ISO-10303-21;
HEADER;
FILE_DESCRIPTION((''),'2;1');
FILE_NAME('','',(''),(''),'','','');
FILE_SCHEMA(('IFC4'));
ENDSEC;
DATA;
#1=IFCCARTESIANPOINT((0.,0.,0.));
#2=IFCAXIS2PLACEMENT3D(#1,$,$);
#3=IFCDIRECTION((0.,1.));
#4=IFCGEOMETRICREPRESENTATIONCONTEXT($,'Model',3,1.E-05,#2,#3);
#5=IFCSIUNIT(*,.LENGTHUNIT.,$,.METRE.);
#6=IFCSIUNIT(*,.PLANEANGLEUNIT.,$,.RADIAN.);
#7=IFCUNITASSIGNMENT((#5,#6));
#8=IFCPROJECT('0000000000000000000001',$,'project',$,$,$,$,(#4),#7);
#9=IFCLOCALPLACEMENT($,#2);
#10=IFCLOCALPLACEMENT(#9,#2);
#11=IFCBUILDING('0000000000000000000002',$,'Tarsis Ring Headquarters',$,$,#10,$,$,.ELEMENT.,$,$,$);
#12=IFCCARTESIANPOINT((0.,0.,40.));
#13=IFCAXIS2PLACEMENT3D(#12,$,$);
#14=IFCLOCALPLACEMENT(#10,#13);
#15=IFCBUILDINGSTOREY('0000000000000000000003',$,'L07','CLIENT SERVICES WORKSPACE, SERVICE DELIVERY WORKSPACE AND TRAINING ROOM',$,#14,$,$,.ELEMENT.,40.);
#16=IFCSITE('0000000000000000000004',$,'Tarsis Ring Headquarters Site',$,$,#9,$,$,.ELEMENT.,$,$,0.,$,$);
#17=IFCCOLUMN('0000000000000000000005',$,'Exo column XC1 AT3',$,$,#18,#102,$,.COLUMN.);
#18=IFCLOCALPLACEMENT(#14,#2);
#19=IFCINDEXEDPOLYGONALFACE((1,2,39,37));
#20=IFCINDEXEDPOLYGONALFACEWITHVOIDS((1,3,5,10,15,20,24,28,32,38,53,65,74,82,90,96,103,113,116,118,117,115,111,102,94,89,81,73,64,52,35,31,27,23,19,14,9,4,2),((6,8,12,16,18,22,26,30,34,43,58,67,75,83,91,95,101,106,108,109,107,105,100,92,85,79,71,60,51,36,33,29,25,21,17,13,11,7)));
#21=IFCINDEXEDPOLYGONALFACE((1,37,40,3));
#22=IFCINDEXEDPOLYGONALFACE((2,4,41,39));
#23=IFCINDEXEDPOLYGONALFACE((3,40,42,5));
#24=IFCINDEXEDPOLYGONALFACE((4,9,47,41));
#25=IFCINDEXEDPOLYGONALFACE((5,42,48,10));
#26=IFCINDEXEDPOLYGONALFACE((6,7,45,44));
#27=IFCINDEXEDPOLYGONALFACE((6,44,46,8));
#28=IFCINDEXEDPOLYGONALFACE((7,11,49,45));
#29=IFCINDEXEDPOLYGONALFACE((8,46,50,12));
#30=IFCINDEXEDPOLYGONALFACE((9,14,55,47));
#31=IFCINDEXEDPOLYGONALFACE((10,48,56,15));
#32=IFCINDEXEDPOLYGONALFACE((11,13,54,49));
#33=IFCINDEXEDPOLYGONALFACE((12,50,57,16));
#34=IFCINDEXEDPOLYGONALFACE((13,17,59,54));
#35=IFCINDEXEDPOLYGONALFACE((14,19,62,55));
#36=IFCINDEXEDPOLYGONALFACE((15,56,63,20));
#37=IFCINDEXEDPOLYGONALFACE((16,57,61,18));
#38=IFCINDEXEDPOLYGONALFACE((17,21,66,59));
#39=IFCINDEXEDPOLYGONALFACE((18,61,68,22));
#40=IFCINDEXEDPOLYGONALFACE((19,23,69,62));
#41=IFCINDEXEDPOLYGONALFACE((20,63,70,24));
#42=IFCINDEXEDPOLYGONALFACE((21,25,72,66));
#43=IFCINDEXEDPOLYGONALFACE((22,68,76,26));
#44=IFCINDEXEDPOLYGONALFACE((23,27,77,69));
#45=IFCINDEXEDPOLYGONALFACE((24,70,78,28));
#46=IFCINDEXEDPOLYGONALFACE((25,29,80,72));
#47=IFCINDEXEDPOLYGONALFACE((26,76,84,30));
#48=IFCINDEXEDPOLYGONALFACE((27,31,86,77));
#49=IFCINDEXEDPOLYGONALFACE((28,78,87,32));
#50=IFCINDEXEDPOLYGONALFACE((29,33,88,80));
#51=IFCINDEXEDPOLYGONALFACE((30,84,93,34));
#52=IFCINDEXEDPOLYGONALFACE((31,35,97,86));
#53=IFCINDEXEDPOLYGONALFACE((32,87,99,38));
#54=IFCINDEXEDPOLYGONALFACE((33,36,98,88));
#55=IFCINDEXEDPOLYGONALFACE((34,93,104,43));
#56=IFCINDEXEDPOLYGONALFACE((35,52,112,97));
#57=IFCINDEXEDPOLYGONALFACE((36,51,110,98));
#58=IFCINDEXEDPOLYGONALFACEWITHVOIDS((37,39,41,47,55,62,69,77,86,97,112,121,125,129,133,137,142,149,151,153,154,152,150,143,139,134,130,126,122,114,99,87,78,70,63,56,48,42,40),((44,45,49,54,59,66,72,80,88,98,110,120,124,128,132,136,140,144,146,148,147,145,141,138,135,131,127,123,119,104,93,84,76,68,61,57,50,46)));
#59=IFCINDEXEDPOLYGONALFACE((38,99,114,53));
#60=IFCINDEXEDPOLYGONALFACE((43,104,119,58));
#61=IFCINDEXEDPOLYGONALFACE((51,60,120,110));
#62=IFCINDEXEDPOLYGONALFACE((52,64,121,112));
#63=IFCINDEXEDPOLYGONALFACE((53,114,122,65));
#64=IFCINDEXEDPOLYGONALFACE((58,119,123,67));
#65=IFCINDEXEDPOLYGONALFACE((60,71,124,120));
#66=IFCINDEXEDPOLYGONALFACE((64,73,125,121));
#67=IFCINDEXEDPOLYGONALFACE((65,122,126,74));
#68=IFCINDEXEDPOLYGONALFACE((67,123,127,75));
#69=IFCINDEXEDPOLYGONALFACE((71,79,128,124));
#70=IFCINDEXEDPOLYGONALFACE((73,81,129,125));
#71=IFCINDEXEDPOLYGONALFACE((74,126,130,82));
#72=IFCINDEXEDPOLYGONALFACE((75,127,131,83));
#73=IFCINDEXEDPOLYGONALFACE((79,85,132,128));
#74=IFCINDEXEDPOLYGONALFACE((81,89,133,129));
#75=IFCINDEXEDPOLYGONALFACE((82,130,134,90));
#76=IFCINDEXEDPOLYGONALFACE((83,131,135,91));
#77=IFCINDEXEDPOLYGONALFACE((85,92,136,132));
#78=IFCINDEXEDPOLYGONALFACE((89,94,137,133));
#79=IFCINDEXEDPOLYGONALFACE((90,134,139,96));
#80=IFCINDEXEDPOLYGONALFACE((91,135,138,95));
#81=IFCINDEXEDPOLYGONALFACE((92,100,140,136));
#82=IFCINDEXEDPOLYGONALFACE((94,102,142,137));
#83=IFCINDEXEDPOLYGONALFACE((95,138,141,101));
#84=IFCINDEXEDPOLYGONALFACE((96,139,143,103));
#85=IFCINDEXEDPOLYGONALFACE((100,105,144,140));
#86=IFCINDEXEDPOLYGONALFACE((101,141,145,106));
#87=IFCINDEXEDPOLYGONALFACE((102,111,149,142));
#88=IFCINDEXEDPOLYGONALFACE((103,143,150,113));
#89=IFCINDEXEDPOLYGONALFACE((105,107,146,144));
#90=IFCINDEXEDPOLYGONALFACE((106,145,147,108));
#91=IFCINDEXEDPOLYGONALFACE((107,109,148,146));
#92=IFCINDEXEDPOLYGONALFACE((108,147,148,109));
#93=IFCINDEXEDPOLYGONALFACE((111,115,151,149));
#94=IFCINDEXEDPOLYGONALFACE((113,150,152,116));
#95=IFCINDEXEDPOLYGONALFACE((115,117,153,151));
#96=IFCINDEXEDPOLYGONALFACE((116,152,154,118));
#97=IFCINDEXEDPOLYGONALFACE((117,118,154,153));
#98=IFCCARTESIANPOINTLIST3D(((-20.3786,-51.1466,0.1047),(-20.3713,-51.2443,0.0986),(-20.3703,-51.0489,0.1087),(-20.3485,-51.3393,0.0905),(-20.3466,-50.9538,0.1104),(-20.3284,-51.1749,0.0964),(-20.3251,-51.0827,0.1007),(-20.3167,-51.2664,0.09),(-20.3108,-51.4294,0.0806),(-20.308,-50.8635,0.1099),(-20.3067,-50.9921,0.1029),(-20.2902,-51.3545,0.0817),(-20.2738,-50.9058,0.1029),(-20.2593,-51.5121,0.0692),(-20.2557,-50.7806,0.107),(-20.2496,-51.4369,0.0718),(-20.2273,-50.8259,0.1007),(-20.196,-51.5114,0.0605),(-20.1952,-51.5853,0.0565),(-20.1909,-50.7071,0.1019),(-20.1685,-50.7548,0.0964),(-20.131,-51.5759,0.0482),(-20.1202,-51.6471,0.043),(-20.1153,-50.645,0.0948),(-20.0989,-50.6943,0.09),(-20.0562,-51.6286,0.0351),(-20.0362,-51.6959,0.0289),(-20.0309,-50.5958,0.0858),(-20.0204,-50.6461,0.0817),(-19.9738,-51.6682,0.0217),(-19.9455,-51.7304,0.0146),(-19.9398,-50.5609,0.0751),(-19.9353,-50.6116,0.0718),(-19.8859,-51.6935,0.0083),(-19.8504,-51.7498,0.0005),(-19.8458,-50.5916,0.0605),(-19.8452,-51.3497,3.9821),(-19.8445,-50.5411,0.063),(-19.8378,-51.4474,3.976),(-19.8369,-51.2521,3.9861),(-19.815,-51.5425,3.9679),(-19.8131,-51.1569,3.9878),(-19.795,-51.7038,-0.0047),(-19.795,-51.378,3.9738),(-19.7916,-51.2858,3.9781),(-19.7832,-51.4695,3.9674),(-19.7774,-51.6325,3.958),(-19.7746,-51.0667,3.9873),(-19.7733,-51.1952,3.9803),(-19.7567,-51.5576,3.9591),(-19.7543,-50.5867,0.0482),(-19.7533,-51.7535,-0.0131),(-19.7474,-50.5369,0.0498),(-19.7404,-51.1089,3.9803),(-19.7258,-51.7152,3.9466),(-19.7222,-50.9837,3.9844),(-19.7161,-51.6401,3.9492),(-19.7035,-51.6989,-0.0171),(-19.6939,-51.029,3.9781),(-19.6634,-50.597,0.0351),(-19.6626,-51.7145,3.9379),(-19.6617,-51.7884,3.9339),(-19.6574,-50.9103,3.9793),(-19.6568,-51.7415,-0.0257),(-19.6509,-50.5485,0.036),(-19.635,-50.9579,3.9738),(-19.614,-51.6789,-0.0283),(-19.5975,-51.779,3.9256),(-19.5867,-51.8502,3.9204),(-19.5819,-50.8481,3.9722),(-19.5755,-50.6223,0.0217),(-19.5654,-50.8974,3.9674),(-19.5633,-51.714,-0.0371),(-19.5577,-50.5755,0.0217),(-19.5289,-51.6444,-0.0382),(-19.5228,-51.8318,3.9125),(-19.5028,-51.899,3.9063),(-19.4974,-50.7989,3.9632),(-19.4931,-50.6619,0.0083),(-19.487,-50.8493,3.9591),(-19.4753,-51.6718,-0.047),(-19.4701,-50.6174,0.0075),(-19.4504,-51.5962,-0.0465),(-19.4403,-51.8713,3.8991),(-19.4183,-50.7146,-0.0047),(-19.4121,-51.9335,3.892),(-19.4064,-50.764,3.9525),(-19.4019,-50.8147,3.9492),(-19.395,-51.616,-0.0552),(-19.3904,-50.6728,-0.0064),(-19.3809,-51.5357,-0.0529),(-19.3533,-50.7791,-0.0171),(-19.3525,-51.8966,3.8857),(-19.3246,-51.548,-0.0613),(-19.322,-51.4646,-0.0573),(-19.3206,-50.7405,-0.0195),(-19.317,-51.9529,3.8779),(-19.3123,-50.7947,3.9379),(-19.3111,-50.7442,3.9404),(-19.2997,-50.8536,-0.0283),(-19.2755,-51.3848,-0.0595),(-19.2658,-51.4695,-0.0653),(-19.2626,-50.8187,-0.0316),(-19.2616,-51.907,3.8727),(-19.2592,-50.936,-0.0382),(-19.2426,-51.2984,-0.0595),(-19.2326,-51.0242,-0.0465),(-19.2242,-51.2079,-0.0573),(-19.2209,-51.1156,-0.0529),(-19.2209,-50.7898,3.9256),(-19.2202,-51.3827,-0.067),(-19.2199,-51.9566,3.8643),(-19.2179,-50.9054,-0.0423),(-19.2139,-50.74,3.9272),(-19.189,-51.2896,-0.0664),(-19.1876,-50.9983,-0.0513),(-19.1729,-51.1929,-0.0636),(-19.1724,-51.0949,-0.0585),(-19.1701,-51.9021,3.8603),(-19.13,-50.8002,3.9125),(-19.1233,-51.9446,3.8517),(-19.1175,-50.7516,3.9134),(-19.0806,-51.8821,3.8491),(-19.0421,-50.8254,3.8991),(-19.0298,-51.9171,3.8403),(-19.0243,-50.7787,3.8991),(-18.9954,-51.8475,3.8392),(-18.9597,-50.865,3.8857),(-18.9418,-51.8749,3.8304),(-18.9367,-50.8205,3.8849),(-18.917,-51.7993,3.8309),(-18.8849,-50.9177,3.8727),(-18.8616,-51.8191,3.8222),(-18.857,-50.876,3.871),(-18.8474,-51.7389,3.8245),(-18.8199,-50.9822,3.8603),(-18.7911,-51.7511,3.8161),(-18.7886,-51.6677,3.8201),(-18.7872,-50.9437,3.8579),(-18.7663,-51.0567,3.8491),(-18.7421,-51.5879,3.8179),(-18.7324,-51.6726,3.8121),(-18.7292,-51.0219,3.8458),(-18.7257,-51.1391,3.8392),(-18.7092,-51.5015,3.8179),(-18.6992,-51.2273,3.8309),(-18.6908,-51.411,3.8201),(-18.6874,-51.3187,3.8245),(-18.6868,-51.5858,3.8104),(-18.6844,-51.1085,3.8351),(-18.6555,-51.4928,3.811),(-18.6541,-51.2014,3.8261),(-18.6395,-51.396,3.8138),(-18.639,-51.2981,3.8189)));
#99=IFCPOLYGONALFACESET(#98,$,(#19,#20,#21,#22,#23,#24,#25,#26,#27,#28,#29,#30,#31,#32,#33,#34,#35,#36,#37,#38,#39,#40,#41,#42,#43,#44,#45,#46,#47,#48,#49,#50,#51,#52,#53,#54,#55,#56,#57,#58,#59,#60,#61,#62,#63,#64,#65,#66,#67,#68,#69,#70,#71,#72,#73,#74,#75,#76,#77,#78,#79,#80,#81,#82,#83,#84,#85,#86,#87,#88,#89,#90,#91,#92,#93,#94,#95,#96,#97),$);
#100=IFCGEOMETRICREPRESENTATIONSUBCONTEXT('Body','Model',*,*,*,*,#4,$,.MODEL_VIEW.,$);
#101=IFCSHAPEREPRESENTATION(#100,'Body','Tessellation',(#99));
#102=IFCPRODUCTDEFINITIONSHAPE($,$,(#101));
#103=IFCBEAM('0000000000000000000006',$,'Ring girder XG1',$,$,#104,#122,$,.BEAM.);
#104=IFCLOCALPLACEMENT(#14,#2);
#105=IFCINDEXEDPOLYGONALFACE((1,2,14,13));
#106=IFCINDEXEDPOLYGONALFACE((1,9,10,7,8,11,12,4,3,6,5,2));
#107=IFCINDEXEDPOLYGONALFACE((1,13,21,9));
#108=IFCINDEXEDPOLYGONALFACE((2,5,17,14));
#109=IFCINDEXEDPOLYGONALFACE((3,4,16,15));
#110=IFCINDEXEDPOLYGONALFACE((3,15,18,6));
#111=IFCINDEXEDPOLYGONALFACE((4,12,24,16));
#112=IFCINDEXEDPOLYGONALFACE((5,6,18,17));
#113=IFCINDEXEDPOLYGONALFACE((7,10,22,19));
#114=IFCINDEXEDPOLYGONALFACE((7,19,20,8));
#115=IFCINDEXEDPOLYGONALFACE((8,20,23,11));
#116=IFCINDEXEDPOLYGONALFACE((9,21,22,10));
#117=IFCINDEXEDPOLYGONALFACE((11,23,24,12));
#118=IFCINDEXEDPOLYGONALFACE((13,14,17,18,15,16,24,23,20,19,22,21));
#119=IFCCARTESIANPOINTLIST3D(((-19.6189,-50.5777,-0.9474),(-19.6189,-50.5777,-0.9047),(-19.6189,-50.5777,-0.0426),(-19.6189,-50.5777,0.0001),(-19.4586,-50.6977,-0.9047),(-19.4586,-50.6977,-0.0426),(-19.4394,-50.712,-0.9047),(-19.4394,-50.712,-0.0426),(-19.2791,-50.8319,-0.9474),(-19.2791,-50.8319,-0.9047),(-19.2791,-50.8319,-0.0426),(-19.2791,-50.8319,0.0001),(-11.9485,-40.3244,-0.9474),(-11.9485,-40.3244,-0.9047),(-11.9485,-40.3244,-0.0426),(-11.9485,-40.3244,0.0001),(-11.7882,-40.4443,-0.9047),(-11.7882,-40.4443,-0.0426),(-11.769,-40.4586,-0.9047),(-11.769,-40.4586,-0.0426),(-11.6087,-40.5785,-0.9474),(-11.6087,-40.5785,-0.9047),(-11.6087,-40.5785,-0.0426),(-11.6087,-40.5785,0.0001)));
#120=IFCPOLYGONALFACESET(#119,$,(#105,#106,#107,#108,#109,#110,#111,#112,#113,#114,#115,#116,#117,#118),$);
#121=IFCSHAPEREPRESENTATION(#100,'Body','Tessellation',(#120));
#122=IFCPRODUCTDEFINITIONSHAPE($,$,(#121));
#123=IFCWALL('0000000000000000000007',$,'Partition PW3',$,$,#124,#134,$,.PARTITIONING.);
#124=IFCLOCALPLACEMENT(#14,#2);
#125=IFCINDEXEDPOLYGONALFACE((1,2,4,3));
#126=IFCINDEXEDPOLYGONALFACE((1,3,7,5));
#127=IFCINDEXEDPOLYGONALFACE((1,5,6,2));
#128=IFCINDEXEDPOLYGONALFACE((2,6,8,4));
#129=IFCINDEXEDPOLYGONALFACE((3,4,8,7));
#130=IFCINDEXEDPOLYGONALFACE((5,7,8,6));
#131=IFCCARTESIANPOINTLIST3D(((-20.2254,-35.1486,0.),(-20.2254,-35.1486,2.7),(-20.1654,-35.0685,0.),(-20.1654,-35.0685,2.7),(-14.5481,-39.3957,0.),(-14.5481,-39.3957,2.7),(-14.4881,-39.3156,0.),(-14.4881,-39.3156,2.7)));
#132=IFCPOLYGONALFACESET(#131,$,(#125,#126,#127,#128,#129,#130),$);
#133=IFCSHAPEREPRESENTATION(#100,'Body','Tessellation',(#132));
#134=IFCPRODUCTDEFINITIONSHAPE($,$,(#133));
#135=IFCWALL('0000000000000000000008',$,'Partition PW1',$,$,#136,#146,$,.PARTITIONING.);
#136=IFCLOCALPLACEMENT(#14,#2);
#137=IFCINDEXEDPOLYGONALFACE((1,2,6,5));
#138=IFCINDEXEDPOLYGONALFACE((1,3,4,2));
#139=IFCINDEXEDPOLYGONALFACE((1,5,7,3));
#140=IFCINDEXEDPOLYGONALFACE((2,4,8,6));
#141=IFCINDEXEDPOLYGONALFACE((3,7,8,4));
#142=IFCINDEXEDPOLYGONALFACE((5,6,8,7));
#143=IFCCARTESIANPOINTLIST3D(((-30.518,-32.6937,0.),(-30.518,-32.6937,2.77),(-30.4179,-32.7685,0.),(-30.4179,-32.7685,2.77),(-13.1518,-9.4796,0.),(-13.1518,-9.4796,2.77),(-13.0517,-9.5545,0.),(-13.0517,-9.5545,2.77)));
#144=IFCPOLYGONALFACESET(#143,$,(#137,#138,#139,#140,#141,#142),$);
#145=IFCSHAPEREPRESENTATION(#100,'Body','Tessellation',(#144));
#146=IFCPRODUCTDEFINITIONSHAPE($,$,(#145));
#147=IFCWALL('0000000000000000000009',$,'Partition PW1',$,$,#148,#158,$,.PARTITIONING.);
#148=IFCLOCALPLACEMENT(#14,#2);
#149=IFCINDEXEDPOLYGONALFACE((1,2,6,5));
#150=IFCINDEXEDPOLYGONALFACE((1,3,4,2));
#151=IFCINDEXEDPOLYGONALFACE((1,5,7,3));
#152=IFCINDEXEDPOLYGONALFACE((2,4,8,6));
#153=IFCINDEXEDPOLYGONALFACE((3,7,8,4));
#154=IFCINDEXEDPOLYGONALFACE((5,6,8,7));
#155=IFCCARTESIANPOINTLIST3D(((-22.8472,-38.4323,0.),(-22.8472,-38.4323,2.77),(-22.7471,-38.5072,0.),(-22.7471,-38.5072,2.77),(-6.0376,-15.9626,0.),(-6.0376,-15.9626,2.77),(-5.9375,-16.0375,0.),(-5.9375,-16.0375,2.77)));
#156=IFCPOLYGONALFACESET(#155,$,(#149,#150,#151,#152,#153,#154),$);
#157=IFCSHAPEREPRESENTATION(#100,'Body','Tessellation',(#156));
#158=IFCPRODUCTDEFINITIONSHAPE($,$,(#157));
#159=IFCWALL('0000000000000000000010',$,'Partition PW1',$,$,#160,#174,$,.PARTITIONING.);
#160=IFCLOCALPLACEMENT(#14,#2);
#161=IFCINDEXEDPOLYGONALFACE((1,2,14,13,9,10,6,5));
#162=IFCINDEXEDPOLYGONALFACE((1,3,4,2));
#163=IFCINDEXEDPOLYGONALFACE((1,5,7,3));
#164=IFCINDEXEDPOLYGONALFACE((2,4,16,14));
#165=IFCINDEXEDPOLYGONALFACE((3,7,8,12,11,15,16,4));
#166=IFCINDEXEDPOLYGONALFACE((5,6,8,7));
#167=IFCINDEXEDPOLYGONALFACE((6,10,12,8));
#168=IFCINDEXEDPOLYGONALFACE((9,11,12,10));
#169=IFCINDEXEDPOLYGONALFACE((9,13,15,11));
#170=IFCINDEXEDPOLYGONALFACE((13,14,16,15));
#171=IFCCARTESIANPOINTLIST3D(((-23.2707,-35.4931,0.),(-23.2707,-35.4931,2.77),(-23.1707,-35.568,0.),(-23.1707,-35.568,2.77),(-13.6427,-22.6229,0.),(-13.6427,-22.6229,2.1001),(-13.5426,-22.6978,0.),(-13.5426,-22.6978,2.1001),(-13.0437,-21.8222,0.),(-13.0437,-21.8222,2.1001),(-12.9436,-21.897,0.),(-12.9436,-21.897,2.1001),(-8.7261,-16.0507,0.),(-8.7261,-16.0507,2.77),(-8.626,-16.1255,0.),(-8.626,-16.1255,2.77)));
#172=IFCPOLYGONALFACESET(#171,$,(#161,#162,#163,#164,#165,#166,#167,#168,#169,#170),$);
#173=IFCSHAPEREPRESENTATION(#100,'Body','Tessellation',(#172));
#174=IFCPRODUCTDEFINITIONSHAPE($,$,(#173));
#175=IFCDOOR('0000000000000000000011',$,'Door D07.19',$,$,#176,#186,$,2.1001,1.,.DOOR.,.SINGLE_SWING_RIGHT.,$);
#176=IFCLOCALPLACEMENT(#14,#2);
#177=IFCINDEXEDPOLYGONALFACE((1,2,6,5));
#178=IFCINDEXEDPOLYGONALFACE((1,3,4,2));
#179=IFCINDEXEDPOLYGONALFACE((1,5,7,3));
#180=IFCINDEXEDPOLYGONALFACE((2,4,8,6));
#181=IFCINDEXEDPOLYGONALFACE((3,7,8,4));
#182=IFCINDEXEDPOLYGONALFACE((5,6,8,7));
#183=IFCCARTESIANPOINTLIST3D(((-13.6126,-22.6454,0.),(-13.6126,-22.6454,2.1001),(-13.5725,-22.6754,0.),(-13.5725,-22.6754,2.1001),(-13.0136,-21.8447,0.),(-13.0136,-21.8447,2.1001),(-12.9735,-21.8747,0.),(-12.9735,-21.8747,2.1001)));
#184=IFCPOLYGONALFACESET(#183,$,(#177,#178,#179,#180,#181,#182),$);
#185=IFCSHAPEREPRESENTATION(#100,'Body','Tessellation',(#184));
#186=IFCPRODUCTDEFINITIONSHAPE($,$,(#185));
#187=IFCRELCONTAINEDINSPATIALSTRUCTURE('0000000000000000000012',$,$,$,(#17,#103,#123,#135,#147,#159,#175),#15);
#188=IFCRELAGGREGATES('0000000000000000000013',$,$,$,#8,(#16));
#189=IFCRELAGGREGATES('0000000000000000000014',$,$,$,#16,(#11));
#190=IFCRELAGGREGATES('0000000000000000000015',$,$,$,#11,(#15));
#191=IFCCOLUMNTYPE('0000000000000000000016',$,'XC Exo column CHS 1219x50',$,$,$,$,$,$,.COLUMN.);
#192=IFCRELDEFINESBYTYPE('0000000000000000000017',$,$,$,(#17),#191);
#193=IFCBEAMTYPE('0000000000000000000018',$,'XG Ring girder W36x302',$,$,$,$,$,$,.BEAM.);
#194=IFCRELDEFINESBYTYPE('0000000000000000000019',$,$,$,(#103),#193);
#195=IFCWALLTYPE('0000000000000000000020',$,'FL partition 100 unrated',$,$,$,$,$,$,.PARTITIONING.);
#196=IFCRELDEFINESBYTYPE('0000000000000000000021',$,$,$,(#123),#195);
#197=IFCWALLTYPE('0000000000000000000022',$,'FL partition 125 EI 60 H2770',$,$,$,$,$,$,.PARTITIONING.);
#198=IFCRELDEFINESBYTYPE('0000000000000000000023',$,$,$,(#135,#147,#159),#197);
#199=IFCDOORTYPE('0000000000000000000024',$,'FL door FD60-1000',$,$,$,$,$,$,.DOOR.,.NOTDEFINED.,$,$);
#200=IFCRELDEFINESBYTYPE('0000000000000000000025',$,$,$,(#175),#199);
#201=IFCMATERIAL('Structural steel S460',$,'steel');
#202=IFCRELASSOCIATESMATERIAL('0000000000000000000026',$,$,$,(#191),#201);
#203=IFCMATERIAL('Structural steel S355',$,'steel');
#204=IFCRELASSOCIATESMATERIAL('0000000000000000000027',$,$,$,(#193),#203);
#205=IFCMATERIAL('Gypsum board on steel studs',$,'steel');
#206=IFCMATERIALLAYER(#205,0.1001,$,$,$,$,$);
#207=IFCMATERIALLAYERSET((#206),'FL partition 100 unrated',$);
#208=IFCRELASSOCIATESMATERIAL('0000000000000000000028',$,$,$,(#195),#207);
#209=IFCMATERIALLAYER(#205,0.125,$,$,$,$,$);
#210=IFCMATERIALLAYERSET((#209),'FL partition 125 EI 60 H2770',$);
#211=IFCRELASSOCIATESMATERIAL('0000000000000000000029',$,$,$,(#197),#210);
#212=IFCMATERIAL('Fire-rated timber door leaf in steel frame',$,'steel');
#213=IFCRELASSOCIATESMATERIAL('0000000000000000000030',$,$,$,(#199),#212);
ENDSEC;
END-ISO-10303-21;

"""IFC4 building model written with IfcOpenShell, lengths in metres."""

from ifc_helpers import new_model, si_unit, direction, frame, frame_2d, origin, origin_2d, place, context, subcontext, project, spatial, rectangle, hollow_circle, i_section, extrude, material, layer, layer_set, material_profile, profile_set, type_object, element, fill, save


model = new_model("IFC4")

# Units and contexts
model_context = context("Model", 3, precision=1e-05, world=origin(), true_north=direction((0.0, 1.0)))
body_context = subcontext(model_context, "Body", "Model", "MODEL_VIEW")
ifc_project = project(units=[si_unit("LENGTHUNIT", "METRE"), si_unit("PLANEANGLEUNIT", "RADIAN")], contexts=[model_context])

# Site, building, storey
site_placement = place(None, origin())
site = spatial("IfcSite", under=ifc_project, at=site_placement, Name="Tarsis Ring Headquarters Site", CompositionType="ELEMENT", RefElevation=0.0)
building_placement = place(site_placement, origin())
building = spatial("IfcBuilding", under=site, at=building_placement, Name="Tarsis Ring Headquarters", CompositionType="ELEMENT")
storey_placement = place(building_placement, frame((0.0, 0.0, 40.0)))
storey = spatial("IfcBuildingStorey", under=building, at=storey_placement, Name="L07", Description="CLIENT SERVICES WORKSPACE, SERVICE DELIVERY WORKSPACE AND TRAINING ROOM", CompositionType="ELEMENT", Elevation=40.0)

# Column
ifc_material_1 = material(Name="Structural steel S460", Category="steel")
ifc_material_profile_1 = material_profile(ifc_material_1, hollow_circle(Radius=0.6096, WallThickness=0.05, at=origin_2d()), Name="CHS 1219x50")
ifc_profile_set_1 = profile_set([ifc_material_profile_1], Name="Structural steel S460")
column_type = type_object("IfcColumnType", Name="XC Exo column CHS 1219x50", PredefinedType="COLUMN", material=ifc_profile_set_1)
column_placement = place(storey_placement, frame((-19.7747, -51.1453, 0.0217), z_axis=(0.13611, -0.051828, 0.989337), x_axis=(0.355853, 0.934542, 0.0)))
element("IfcColumn", 1, at=column_placement, inside=storey, type_object=column_type, Name="Exo column XC1 AT3", PredefinedType="COLUMN", context=body_context, shape_type="SweptSolid", body=[
    extrude(hollow_circle(Radius=0.6096, WallThickness=0.05, at=origin_2d()), origin(), (0.0, 0.0, 1.0), 3.9192),
])

# Beam
ifc_material_2 = material(Name="Structural steel S355", Category="steel")
ifc_material_profile_2 = material_profile(ifc_material_2, i_section(OverallWidth=0.4243, OverallDepth=0.9475, WebThickness=0.0239, FlangeThickness=0.0427, at=origin_2d()), Name="W36x302")
ifc_profile_set_2 = profile_set([ifc_material_profile_2], Name="Structural steel S355")
beam_type = type_object("IfcBeamType", Name="XG Ring girder W36x302", PredefinedType="BEAM", material=ifc_profile_set_2)
beam_placement = place(storey_placement, frame((-19.449, -50.7048, -0.4736), z_axis=(0.599017, 0.800736, 0.0), x_axis=(-0.800736, 0.599017, 0.0)))
element("IfcBeam", 2, at=beam_placement, inside=storey, type_object=beam_type, Name="Ring girder XG1", PredefinedType="BEAM", context=body_context, shape_type="SweptSolid", body=[
    extrude(i_section(OverallWidth=0.4243, OverallDepth=0.9475, WebThickness=0.0239, FlangeThickness=0.0427, at=origin_2d()), origin(), (0.0, 0.0, 1.0), 12.8049),
])

# Walls
ifc_material_3 = material(Name="Gypsum board on steel studs", Category="steel")
ifc_layer_1 = layer(ifc_material_3, 0.1001)
ifc_layer_set_1 = layer_set([ifc_layer_1], Name="FL partition 100 unrated")
wall_type_1 = type_object("IfcWallType", Name="FL partition 100 unrated", PredefinedType="PARTITIONING", material=ifc_layer_set_1)
wall_1_placement = place(storey_placement, frame((-20.1953, -35.1086, 0.0), z_axis=(0.0, 0.0, 1.0), x_axis=(0.800735, -0.599019, 0.0)))
element("IfcWall", 3, at=wall_1_placement, inside=storey, type_object=wall_type_1, Name="Partition PW3", PredefinedType="PARTITIONING", context=body_context, shape_type="SweptSolid", body=[
    extrude(rectangle(XDim=7.0901, YDim=0.1001, at=frame_2d((3.5449, 0.0))), origin(), (0.0, 0.0, 1.0), 2.7),
])
ifc_layer_2 = layer(ifc_material_3, 0.125)
ifc_layer_set_2 = layer_set([ifc_layer_2], Name="FL partition 125 EI 60 H2770")
wall_type_2 = type_object("IfcWallType", Name="FL partition 125 EI 60 H2770", PredefinedType="PARTITIONING", material=ifc_layer_set_2)
wall_2_placement = place(storey_placement, frame((-30.468, -32.7312, 0.0), z_axis=(0.0, 0.0, 1.0), x_axis=(0.59902, 0.800734, 0.0)))
element("IfcWall", 4, at=wall_2_placement, inside=storey, type_object=wall_type_2, Name="Partition PW1", PredefinedType="PARTITIONING", context=body_context, shape_type="SweptSolid", body=[
    extrude(rectangle(XDim=28.991, YDim=0.125, at=frame_2d((14.4956, 0.0))), origin(), (0.0, 0.0, 1.0), 2.77),
])
wall_3_placement = place(storey_placement, frame((-22.7971, -38.4697, 0.0), z_axis=(0.0, 0.0, 1.0), x_axis=(0.599025, 0.80073, 0.0)))
element("IfcWall", 5, at=wall_3_placement, inside=storey, type_object=wall_type_2, Name="Partition PW1", PredefinedType="PARTITIONING", context=body_context, shape_type="SweptSolid", body=[
    extrude(rectangle(XDim=28.0615, YDim=0.125, at=frame_2d((14.0308, 0.0))), origin(), (0.0, 0.0, 1.0), 2.77),
])

# Wall, opening, door
wall_4_placement = place(storey_placement, frame((-23.2207, -35.5305, 0.0), z_axis=(0.0, 0.0, 1.0), x_axis=(0.599021, 0.800733, 0.0)))
wall_4 = element("IfcWall", 6, at=wall_4_placement, inside=storey, type_object=wall_type_2, Name="Partition PW1", PredefinedType="PARTITIONING", context=body_context, shape_type="SweptSolid", body=[
    extrude(rectangle(XDim=24.2808, YDim=0.125, at=frame_2d((12.1404, 0.0))), origin(), (0.0, 0.0, 1.0), 2.77),
])
opening_1_placement = place(wall_4_placement, frame((16.073, 0.0, 0.0)))
opening_1 = element("IfcOpeningElement", 7, at=opening_1_placement, cuts=wall_4, PredefinedType="OPENING", context=body_context, shape_type="SweptSolid", body=[
    extrude(rectangle(XDim=1.0, YDim=2.1001, at=frame_2d((0.5, 1.05))), frame((0.0, 0.0725, 0.0), z_axis=(0.0, -1.0, 0.0), x_axis=(1.0, 0.0, 0.0)), (0.0, 0.0, 1.0), 0.145),
])
ifc_material_4 = material(Name="Fire-rated timber door leaf in steel frame", Category="steel")
door_type = type_object("IfcDoorType", Name="FL door FD60-1000", OperationType="NOTDEFINED", PredefinedType="DOOR", material=ifc_material_4)
door_1_placement = place(opening_1_placement, origin())
door_1 = element("IfcDoor", 8, at=door_1_placement, inside=storey, type_object=door_type, Name="Door D07.19", OperationType="SINGLE_SWING_RIGHT", OverallHeight=2.1001, OverallWidth=1.0, PredefinedType="DOOR", context=body_context, shape_type="SweptSolid", body=[
    extrude(rectangle(XDim=1.0, YDim=2.1001, at=frame_2d((0.5, 1.05))), frame((0.0, 0.0249, 0.0), z_axis=(0.0, -1.0, 0.0), x_axis=(1.0, 0.0, 0.0)), (0.0, 0.0, 1.0), 0.05),
])
fill(opening_1, door_1)

save(model, "model.ifc")
